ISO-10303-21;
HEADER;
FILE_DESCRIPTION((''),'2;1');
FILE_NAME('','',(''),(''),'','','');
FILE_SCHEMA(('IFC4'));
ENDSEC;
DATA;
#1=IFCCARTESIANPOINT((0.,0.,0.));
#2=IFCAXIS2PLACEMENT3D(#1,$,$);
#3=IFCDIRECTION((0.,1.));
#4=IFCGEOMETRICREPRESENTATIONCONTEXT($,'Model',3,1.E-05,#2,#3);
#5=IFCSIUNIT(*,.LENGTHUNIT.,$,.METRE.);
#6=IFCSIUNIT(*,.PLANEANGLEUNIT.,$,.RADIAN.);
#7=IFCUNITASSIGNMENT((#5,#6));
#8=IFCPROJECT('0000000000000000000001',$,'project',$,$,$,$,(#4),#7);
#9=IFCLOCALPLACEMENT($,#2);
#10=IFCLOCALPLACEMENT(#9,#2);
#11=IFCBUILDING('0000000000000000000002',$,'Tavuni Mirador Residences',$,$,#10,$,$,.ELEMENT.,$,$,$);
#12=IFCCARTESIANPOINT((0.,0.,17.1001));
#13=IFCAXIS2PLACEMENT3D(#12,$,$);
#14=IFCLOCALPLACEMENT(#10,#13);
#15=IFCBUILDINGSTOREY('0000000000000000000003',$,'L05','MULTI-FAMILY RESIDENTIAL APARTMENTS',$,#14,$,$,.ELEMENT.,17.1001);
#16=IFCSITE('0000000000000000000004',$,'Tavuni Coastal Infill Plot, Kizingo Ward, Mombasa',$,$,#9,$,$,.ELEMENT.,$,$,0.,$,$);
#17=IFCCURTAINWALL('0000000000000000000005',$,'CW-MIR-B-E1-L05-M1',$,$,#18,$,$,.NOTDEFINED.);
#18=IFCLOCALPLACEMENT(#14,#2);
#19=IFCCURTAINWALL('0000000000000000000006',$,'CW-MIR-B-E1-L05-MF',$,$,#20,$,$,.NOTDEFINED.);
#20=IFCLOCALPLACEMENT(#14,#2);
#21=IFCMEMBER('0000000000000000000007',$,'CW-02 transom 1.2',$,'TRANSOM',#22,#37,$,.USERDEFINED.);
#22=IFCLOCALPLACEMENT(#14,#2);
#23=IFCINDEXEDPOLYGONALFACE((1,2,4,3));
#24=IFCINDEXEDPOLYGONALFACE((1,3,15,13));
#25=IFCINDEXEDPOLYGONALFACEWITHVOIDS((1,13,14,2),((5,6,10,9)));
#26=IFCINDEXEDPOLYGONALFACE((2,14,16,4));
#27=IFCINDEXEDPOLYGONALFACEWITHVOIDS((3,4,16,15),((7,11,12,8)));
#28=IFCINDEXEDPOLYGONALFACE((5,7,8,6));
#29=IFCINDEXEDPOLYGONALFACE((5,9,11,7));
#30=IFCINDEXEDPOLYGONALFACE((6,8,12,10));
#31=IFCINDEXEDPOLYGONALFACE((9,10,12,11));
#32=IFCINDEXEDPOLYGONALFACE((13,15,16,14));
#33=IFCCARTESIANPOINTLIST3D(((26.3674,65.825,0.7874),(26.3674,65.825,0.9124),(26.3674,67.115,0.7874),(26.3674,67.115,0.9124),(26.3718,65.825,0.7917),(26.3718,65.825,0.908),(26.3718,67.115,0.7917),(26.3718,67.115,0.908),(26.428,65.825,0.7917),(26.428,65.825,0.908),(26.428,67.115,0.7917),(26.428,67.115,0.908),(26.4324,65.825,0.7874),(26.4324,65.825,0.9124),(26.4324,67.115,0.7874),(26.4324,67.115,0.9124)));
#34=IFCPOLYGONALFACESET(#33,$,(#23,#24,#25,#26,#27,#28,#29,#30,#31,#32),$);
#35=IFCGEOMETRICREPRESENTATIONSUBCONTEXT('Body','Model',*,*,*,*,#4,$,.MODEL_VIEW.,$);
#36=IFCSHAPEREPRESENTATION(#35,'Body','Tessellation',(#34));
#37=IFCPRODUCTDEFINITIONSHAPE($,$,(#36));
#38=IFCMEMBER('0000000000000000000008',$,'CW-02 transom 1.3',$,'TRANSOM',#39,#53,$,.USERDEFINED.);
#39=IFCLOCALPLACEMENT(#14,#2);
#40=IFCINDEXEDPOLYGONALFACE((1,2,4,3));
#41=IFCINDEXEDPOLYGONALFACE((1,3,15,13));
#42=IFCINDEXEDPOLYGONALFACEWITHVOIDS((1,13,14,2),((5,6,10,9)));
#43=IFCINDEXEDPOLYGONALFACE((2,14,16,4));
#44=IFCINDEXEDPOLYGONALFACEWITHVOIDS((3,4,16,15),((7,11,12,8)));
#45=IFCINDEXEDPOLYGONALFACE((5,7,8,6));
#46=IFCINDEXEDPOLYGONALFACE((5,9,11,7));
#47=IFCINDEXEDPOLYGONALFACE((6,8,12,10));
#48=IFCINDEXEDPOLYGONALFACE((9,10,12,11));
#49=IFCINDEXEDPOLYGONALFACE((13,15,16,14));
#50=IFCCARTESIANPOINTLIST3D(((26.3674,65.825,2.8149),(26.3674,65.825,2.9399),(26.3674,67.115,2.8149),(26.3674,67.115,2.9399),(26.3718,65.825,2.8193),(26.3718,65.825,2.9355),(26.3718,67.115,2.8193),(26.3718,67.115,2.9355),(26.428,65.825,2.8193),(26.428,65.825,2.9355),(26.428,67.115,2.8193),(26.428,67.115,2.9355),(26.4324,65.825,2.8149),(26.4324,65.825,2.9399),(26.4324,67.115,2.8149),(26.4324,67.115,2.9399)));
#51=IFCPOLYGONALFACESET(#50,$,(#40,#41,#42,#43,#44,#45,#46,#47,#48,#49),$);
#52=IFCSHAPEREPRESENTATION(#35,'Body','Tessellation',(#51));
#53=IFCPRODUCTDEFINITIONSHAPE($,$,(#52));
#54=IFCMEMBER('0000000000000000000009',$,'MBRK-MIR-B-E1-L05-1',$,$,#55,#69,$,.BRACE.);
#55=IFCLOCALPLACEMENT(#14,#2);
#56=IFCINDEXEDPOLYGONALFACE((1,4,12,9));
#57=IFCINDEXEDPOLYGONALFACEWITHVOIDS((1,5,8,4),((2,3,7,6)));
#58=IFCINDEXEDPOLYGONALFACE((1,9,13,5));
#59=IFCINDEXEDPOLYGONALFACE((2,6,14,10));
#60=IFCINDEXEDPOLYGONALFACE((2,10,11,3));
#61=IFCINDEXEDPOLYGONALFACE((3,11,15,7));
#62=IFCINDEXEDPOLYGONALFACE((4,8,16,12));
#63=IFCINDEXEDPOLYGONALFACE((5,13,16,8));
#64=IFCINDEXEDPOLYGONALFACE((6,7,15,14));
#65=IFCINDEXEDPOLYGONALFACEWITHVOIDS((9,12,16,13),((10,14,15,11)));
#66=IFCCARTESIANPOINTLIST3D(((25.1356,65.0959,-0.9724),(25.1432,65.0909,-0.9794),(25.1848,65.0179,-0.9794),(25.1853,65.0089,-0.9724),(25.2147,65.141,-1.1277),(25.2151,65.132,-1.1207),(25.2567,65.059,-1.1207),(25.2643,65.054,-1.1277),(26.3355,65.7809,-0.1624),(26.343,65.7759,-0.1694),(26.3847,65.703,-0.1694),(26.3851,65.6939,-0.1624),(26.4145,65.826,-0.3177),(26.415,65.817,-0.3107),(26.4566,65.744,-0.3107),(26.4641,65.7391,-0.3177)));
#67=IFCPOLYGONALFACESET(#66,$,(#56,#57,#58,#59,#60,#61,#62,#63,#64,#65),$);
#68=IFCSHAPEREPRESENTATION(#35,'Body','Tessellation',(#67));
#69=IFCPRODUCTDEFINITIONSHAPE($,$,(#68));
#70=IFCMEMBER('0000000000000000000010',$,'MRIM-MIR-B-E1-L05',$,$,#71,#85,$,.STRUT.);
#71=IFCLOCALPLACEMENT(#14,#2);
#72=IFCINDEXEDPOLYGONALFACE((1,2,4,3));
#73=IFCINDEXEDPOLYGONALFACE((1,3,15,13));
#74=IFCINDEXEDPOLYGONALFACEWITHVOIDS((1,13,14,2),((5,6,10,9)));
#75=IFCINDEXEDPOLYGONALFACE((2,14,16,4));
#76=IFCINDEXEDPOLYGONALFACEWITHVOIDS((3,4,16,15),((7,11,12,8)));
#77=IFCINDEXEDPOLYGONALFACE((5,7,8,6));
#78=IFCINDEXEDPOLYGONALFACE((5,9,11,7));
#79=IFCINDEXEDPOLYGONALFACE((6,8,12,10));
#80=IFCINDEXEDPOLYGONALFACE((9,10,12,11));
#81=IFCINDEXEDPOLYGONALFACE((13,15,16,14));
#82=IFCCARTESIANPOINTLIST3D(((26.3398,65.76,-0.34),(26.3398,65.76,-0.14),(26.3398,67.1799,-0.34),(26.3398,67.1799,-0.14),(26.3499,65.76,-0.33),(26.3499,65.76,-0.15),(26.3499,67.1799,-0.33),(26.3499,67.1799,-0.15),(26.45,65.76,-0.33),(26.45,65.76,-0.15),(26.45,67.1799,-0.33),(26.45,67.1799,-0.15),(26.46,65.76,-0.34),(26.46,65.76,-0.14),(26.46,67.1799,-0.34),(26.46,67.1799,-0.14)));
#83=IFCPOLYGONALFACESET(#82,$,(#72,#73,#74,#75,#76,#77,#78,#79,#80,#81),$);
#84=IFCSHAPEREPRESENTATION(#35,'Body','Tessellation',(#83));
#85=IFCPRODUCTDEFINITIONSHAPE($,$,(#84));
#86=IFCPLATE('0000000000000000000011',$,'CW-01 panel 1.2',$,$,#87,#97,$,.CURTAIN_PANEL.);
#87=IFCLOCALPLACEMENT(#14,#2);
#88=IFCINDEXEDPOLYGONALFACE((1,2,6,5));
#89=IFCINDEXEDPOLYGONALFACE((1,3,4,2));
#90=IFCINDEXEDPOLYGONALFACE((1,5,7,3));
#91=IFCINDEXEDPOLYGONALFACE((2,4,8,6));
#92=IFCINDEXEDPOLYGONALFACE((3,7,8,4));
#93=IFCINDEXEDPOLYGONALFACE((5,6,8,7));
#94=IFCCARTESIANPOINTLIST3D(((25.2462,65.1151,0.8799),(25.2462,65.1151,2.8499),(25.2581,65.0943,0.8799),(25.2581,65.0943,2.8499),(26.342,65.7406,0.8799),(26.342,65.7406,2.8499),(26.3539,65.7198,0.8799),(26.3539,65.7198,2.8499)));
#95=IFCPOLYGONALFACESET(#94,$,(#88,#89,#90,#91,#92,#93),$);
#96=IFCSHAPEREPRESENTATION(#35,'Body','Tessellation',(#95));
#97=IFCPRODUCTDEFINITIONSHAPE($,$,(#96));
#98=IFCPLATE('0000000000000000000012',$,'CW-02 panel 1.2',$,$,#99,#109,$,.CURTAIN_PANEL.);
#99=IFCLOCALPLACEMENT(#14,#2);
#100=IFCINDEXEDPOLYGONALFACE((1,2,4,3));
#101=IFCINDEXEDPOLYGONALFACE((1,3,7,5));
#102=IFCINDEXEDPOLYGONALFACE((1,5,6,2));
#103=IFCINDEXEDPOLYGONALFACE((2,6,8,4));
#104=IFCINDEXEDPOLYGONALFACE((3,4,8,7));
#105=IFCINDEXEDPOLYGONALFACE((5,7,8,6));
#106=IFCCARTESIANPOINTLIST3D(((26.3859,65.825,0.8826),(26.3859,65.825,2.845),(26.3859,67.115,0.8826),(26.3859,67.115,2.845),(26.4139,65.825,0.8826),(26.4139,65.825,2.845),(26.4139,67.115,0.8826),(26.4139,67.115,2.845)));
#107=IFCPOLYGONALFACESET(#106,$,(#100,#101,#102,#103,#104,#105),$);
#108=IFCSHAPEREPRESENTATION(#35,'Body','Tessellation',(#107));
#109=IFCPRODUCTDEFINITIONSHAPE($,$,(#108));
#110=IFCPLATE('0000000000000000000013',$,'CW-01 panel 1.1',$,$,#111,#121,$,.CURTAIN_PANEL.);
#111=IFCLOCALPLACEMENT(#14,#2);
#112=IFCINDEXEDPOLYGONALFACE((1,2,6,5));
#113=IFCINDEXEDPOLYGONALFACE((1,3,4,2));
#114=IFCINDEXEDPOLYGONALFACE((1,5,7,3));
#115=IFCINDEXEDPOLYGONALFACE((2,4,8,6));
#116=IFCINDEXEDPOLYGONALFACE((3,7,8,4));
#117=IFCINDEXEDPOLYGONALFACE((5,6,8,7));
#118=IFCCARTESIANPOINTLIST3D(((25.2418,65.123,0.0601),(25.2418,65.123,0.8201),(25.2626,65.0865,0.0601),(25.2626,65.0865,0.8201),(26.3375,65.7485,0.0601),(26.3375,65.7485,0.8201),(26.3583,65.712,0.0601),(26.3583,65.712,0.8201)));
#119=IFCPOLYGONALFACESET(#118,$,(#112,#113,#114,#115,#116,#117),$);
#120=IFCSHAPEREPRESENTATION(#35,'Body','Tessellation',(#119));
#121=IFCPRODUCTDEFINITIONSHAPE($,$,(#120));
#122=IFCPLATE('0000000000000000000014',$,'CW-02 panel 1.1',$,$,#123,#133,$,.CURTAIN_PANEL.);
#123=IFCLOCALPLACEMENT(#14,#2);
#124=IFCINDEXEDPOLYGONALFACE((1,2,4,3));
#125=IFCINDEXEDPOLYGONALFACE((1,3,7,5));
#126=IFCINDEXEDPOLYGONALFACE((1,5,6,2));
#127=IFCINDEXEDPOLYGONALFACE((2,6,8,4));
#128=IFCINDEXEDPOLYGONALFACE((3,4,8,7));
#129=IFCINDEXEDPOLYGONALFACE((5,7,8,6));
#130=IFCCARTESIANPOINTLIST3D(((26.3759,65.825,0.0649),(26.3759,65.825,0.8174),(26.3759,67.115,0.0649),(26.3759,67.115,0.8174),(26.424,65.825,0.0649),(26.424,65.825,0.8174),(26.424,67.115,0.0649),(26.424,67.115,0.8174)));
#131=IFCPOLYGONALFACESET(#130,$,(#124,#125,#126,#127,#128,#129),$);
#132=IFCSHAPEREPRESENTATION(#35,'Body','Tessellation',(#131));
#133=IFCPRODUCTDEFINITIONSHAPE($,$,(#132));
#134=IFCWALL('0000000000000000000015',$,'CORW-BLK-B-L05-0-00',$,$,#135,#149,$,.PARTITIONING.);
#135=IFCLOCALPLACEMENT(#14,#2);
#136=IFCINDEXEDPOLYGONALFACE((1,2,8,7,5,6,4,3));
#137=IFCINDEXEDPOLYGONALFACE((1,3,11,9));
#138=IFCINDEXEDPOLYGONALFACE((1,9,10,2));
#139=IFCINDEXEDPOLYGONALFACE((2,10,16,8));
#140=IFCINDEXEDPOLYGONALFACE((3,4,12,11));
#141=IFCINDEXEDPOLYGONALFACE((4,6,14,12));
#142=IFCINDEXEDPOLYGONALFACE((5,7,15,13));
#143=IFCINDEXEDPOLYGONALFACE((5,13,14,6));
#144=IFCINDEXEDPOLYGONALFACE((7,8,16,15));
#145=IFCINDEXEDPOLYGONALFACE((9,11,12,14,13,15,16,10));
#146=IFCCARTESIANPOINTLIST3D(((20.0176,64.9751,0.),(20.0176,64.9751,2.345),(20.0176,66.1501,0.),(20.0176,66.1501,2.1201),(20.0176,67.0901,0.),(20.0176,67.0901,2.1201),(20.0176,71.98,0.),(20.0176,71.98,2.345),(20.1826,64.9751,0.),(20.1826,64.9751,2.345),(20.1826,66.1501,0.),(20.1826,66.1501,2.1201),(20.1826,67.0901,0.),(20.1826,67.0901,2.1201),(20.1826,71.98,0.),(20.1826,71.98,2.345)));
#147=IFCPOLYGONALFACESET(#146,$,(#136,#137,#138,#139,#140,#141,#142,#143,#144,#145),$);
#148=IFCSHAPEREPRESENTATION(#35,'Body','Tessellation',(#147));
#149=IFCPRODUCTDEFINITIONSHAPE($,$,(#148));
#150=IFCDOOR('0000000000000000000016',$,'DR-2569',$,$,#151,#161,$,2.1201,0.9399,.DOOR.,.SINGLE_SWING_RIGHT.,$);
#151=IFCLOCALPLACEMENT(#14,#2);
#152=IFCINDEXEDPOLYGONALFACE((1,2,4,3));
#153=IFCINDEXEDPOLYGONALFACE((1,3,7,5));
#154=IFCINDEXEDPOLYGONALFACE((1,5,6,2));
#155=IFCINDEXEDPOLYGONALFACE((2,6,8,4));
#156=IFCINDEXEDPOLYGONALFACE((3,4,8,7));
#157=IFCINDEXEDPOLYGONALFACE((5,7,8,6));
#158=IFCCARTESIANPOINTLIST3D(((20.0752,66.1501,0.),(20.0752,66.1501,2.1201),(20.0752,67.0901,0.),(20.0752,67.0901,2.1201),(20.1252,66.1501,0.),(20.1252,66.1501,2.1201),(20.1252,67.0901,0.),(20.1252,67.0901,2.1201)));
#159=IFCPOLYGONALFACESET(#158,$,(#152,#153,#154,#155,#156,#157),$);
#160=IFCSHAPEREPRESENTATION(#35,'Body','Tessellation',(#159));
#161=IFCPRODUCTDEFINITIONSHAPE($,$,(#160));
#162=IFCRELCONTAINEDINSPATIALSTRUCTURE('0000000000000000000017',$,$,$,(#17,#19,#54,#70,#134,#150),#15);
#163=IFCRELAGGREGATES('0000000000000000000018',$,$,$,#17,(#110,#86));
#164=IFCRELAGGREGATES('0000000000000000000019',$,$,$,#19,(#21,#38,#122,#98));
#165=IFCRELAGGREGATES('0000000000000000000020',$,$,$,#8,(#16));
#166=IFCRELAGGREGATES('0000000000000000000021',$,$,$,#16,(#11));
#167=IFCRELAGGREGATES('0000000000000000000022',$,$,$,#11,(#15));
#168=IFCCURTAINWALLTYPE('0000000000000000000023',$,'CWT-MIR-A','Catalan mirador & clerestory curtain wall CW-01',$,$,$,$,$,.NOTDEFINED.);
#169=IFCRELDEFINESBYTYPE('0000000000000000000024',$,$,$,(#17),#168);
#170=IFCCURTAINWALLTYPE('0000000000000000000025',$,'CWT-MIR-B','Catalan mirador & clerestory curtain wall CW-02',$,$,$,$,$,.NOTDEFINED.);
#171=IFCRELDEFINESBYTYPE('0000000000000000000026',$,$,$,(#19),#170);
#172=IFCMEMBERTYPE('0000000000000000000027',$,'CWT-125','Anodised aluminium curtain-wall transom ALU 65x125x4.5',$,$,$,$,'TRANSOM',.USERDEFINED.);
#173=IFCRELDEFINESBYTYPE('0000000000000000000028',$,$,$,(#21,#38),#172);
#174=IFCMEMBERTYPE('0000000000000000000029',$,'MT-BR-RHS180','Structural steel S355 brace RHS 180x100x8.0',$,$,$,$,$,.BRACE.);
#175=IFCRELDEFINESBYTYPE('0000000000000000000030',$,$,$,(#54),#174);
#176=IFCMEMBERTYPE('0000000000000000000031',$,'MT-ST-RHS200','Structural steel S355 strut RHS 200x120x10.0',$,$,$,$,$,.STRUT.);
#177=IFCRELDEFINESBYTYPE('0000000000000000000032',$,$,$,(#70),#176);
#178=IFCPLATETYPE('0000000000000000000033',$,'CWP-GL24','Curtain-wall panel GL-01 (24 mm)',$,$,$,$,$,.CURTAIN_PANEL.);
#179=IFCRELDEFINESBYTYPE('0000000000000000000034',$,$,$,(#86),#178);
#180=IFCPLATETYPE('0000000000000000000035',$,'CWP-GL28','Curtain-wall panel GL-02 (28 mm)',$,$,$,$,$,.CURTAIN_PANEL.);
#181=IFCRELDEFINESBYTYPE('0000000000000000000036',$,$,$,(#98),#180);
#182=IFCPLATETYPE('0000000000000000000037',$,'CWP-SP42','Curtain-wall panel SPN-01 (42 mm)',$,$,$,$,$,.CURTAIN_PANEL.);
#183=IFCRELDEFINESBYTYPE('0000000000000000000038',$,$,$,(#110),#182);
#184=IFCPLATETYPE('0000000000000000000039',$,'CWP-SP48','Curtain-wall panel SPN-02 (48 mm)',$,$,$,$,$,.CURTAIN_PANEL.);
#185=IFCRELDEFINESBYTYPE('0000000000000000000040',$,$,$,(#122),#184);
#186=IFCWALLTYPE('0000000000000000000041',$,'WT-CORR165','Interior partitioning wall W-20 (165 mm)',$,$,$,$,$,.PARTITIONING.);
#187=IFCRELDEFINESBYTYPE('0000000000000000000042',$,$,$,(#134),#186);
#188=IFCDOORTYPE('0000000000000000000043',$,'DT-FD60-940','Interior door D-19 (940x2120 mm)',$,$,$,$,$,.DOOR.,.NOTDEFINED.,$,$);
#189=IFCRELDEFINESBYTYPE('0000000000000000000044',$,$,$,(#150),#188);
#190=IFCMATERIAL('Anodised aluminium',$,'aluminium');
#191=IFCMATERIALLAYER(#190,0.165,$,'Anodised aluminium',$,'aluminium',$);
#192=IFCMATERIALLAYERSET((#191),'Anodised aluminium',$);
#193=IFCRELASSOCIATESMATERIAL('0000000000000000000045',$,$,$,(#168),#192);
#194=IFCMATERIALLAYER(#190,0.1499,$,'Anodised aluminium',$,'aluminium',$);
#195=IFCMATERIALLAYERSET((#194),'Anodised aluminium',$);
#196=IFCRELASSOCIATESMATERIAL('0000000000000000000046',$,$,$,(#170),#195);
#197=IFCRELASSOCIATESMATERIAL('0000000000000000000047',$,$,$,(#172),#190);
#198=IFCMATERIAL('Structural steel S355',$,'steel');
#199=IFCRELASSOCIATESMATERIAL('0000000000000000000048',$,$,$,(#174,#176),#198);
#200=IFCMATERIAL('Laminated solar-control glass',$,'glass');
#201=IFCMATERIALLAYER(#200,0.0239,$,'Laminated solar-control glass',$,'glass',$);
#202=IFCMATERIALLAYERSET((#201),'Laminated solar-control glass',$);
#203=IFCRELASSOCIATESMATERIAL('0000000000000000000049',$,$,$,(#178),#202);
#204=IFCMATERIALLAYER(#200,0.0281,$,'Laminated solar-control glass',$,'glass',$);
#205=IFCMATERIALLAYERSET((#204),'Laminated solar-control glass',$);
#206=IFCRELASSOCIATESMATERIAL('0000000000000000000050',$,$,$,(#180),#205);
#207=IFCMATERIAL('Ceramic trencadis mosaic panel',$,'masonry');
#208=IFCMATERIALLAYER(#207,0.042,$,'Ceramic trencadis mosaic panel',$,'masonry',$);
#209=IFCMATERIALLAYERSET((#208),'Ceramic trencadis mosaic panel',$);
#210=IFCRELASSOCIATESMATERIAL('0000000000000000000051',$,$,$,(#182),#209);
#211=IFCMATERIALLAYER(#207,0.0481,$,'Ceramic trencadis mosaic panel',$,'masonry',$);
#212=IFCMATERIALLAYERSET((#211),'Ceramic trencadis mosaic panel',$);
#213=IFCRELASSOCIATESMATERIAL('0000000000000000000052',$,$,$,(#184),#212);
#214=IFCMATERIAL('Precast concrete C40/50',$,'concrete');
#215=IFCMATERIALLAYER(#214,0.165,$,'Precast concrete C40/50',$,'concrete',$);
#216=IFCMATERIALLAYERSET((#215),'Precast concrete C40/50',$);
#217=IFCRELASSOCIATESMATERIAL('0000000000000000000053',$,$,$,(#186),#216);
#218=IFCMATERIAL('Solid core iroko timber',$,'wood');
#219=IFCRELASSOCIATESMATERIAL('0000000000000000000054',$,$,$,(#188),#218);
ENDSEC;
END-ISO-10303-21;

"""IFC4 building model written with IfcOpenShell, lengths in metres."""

from ifc_helpers import new_model, si_unit, direction, frame, frame_2d, origin, origin_2d, place, context, subcontext, project, spatial, rectangle, hollow_rectangle, extrude, material, layer, layer_set, material_profile, profile_set, type_object, element, fill, aggregate, save


model = new_model("IFC4")

# Units and contexts
model_context = context("Model", 3, precision=1e-05, world=origin(), true_north=direction((0.0, 1.0)))
body_context = subcontext(model_context, "Body", "Model", "MODEL_VIEW")
ifc_project = project(units=[si_unit("LENGTHUNIT", "METRE"), si_unit("PLANEANGLEUNIT", "RADIAN")], contexts=[model_context])

# Site, building, storey
site_placement = place(None, origin())
site = spatial("IfcSite", under=ifc_project, at=site_placement, Name="Tavuni Coastal Infill Plot, Kizingo Ward, Mombasa", CompositionType="ELEMENT", RefElevation=0.0)
building_placement = place(site_placement, origin())
building = spatial("IfcBuilding", under=site, at=building_placement, Name="Tavuni Mirador Residences", CompositionType="ELEMENT")
storey_placement = place(building_placement, frame((0.0, 0.0, 17.1001)))
storey = spatial("IfcBuildingStorey", under=building, at=storey_placement, Name="L05", Description="MULTI-FAMILY RESIDENTIAL APARTMENTS", CompositionType="ELEMENT", Elevation=17.1001)

# Shared definitions
ifc_material_1 = material(Name="Precast concrete C40/50", Category="concrete")

# Curtain walls
ifc_material_2 = material(Name="Anodised aluminium", Category="aluminium")
ifc_layer_1 = layer(ifc_material_2, 0.165, Name="Anodised aluminium", Category="aluminium")
ifc_layer_set_1 = layer_set([ifc_layer_1], Name="Anodised aluminium")
curtain_wall_type_1 = type_object("IfcCurtainWallType", Name="CWT-MIR-A", Description="Catalan mirador & clerestory curtain wall CW-01", PredefinedType="NOTDEFINED", material=ifc_layer_set_1)
curtain_wall_1_placement = place(storey_placement, origin())
curtain_wall_1 = element("IfcCurtainWall", 1, at=curtain_wall_1_placement, inside=storey, type_object=curtain_wall_type_1, Name="CW-MIR-B-E1-L05-M1", PredefinedType="NOTDEFINED")
ifc_layer_2 = layer(ifc_material_2, 0.1499, Name="Anodised aluminium", Category="aluminium")
ifc_layer_set_2 = layer_set([ifc_layer_2], Name="Anodised aluminium")
curtain_wall_type_2 = type_object("IfcCurtainWallType", Name="CWT-MIR-B", Description="Catalan mirador & clerestory curtain wall CW-02", PredefinedType="NOTDEFINED", material=ifc_layer_set_2)
curtain_wall_2_placement = place(storey_placement, origin())
curtain_wall_2 = element("IfcCurtainWall", 2, at=curtain_wall_2_placement, inside=storey, type_object=curtain_wall_type_2, Name="CW-MIR-B-E1-L05-MF", PredefinedType="NOTDEFINED")

# Members
ifc_material_profile_1 = material_profile(ifc_material_2, hollow_rectangle(XDim=0.0649, YDim=0.125, WallThickness=0.0044, at=origin_2d()), Name="ALU 65x125x4.5", Category="aluminium")
ifc_profile_set_1 = profile_set([ifc_material_profile_1], Name="Anodised aluminium")
member_type_1 = type_object("IfcMemberType", Name="CWT-125", Description="Anodised aluminium curtain-wall transom ALU 65x125x4.5", ElementType="TRANSOM", PredefinedType="USERDEFINED", material=ifc_profile_set_1)
member_1_placement = place(storey_placement, frame((26.3999, 65.825, 0.8499), z_axis=(0.0, 1.0, 0.0), x_axis=(-1.0, 0.0, 0.0)))
member_1 = element("IfcMember", 3, at=member_1_placement, type_object=member_type_1, Name="CW-02 transom 1.2", ObjectType="TRANSOM", PredefinedType="USERDEFINED", context=body_context, shape_type="SweptSolid", body=[
    extrude(hollow_rectangle(XDim=0.0649, YDim=0.125, WallThickness=0.0044, at=origin_2d()), origin(), (0.0, 0.0, 1.0), 1.29),
])
member_2_placement = place(storey_placement, frame((26.3999, 65.825, 2.8774), z_axis=(0.0, 1.0, 0.0), x_axis=(-1.0, 0.0, 0.0)))
member_2 = element("IfcMember", 4, at=member_2_placement, type_object=member_type_1, Name="CW-02 transom 1.3", ObjectType="TRANSOM", PredefinedType="USERDEFINED", context=body_context, shape_type="SweptSolid", body=[
    extrude(hollow_rectangle(XDim=0.0649, YDim=0.125, WallThickness=0.0044, at=origin_2d()), origin(), (0.0, 0.0, 1.0), 1.29),
])

# Members
ifc_material_3 = material(Name="Structural steel S355", Category="steel")
ifc_material_profile_2 = material_profile(ifc_material_3, hollow_rectangle(XDim=0.1001, YDim=0.1799, WallThickness=0.0081, at=origin_2d()), Name="RHS 180x100x8.0", Category="steel")
ifc_profile_set_2 = profile_set([ifc_material_profile_2], Name="Structural steel S355")
member_type_2 = type_object("IfcMemberType", Name="MT-BR-RHS180", Description="Structural steel S355 brace RHS 180x100x8.0", PredefinedType="BRACE", material=ifc_profile_set_2)
member_3_placement = place(storey_placement, frame((25.2, 65.075, -1.05), z_axis=(0.749182, 0.427712, 0.505755), x_axis=(-0.495796, 0.868439, 0.0)))
element("IfcMember", 5, at=member_3_placement, inside=storey, type_object=member_type_2, Name="MBRK-MIR-B-E1-L05-1", PredefinedType="BRACE", context=body_context, shape_type="SweptSolid", body=[
    extrude(hollow_rectangle(XDim=0.1001, YDim=0.1799, WallThickness=0.0081, at=origin_2d()), origin(), (0.0, 0.0, 1.0), 1.6016),
])
ifc_material_profile_3 = material_profile(ifc_material_3, hollow_rectangle(XDim=0.1201, YDim=0.2, WallThickness=0.01, at=origin_2d()), Name="RHS 200x120x10.0", Category="steel")
ifc_profile_set_3 = profile_set([ifc_material_profile_3], Name="Structural steel S355")
member_type_3 = type_object("IfcMemberType", Name="MT-ST-RHS200", Description="Structural steel S355 strut RHS 200x120x10.0", PredefinedType="STRUT", material=ifc_profile_set_3)
member_4_placement = place(storey_placement, frame((26.3999, 65.76, -0.24), z_axis=(0.0, 1.0, 0.0), x_axis=(-1.0, 0.0, 0.0)))
element("IfcMember", 6, at=member_4_placement, inside=storey, type_object=member_type_3, Name="MRIM-MIR-B-E1-L05", PredefinedType="STRUT", context=body_context, shape_type="SweptSolid", body=[
    extrude(hollow_rectangle(XDim=0.1201, YDim=0.2, WallThickness=0.01, at=origin_2d()), origin(), (0.0, 0.0, 1.0), 1.4199),
])

# Plates
ifc_material_4 = material(Name="Laminated solar-control glass", Category="glass")
ifc_layer_3 = layer(ifc_material_4, 0.0239, Name="Laminated solar-control glass", Category="glass")
ifc_layer_set_3 = layer_set([ifc_layer_3], Name="Laminated solar-control glass")
plate_type_1 = type_object("IfcPlateType", Name="CWP-GL24", Description="Curtain-wall panel GL-01 (24 mm)", PredefinedType="CURTAIN_PANEL", material=ifc_layer_set_3)
plate_1_placement = place(storey_placement, frame((25.8, 65.4175, 0.8799), z_axis=(0.0, 0.0, 1.0), x_axis=(0.868466, 0.495749, 0.0)))
plate_1 = element("IfcPlate", 7, at=plate_1_placement, type_object=plate_type_1, Name="CW-01 panel 1.2", PredefinedType="CURTAIN_PANEL", context=body_context, shape_type="SweptSolid", body=[
    extrude(rectangle(XDim=1.2617, YDim=0.0239, at=origin_2d()), origin(), (0.0, 0.0, 1.0), 1.97),
])
ifc_layer_4 = layer(ifc_material_4, 0.0281, Name="Laminated solar-control glass", Category="glass")
ifc_layer_set_4 = layer_set([ifc_layer_4], Name="Laminated solar-control glass")
plate_type_2 = type_object("IfcPlateType", Name="CWP-GL28", Description="Curtain-wall panel GL-02 (28 mm)", PredefinedType="CURTAIN_PANEL", material=ifc_layer_set_4)
plate_2_placement = place(storey_placement, frame((26.3999, 66.47, 0.8826), z_axis=(0.0, 0.0, 1.0), x_axis=(0.0, 1.0, 0.0)))
plate_2 = element("IfcPlate", 8, at=plate_2_placement, type_object=plate_type_2, Name="CW-02 panel 1.2", PredefinedType="CURTAIN_PANEL", context=body_context, shape_type="SweptSolid", body=[
    extrude(rectangle(XDim=1.29, YDim=0.0281, at=origin_2d()), origin(), (0.0, 0.0, 1.0), 1.9624),
])
ifc_material_5 = material(Name="Ceramic trencadis mosaic panel", Category="masonry")
ifc_layer_5 = layer(ifc_material_5, 0.042, Name="Ceramic trencadis mosaic panel", Category="masonry")
ifc_layer_set_5 = layer_set([ifc_layer_5], Name="Ceramic trencadis mosaic panel")
plate_type_3 = type_object("IfcPlateType", Name="CWP-SP42", Description="Curtain-wall panel SPN-01 (42 mm)", PredefinedType="CURTAIN_PANEL", material=ifc_layer_set_5)
plate_3_placement = place(storey_placement, frame((25.8, 65.4175, 0.0601), z_axis=(0.0, 0.0, 1.0), x_axis=(0.868466, 0.495749, 0.0)))
plate_3 = element("IfcPlate", 9, at=plate_3_placement, type_object=plate_type_3, Name="CW-01 panel 1.1", PredefinedType="CURTAIN_PANEL", context=body_context, shape_type="SweptSolid", body=[
    extrude(rectangle(XDim=1.2617, YDim=0.042, at=origin_2d()), origin(), (0.0, 0.0, 1.0), 0.76),
])
aggregate(curtain_wall_1, [plate_3, plate_1])
ifc_layer_6 = layer(ifc_material_5, 0.0481, Name="Ceramic trencadis mosaic panel", Category="masonry")
ifc_layer_set_6 = layer_set([ifc_layer_6], Name="Ceramic trencadis mosaic panel")
plate_type_4 = type_object("IfcPlateType", Name="CWP-SP48", Description="Curtain-wall panel SPN-02 (48 mm)", PredefinedType="CURTAIN_PANEL", material=ifc_layer_set_6)
plate_4_placement = place(storey_placement, frame((26.3999, 66.47, 0.0649), z_axis=(0.0, 0.0, 1.0), x_axis=(0.0, 1.0, 0.0)))
plate_4 = element("IfcPlate", 10, at=plate_4_placement, type_object=plate_type_4, Name="CW-02 panel 1.1", PredefinedType="CURTAIN_PANEL", context=body_context, shape_type="SweptSolid", body=[
    extrude(rectangle(XDim=1.29, YDim=0.0481, at=origin_2d()), origin(), (0.0, 0.0, 1.0), 0.7524),
])
aggregate(curtain_wall_2, [member_1, member_2, plate_4, plate_2])

# Wall, opening, door
ifc_layer_7 = layer(ifc_material_1, 0.165, Name="Precast concrete C40/50", Category="concrete")
ifc_layer_set_7 = layer_set([ifc_layer_7], Name="Precast concrete C40/50")
wall_type_1 = type_object("IfcWallType", Name="WT-CORR165", Description="Interior partitioning wall W-20 (165 mm)", PredefinedType="PARTITIONING", material=ifc_layer_set_7)
wall_1_placement = place(storey_placement, frame((20.1001, 64.9751, 0.0), z_axis=(0.0, 0.0, 1.0), x_axis=(0.0, 1.0, 0.0)))
wall_1 = element("IfcWall", 11, at=wall_1_placement, inside=storey, type_object=wall_type_1, Name="CORW-BLK-B-L05-0-00", PredefinedType="PARTITIONING", context=body_context, shape_type="SweptSolid", body=[
    extrude(rectangle(XDim=7.0049, YDim=0.165, at=frame_2d((3.5024, 0.0))), origin(), (0.0, 0.0, 1.0), 2.345),
])
opening_1_placement = place(wall_1_placement, frame((1.175, 0.0, 0.0)))
opening_1 = element("IfcOpeningElement", 12, at=opening_1_placement, cuts=wall_1, PredefinedType="OPENING", context=body_context, shape_type="SweptSolid", body=[
    extrude(rectangle(XDim=0.9399, YDim=2.1201, at=frame_2d((0.47, 1.0601))), frame((0.0, 0.0925, 0.0), z_axis=(0.0, -1.0, 0.0), x_axis=(1.0, 0.0, 0.0)), (0.0, 0.0, 1.0), 0.1851),
])
ifc_material_6 = material(Name="Solid core iroko timber", Category="wood")
door_type_1 = type_object("IfcDoorType", Name="DT-FD60-940", Description="Interior door D-19 (940x2120 mm)", OperationType="NOTDEFINED", PredefinedType="DOOR", material=ifc_material_6)
door_1_placement = place(opening_1_placement, origin())
door_1 = element("IfcDoor", 13, at=door_1_placement, inside=storey, type_object=door_type_1, Name="DR-2569", OperationType="SINGLE_SWING_RIGHT", OverallHeight=2.1201, OverallWidth=0.9399, PredefinedType="DOOR", context=body_context, shape_type="SweptSolid", body=[
    extrude(rectangle(XDim=0.9399, YDim=2.1201, at=frame_2d((0.47, 1.0601))), frame((0.0, 0.0249, 0.0), z_axis=(0.0, -1.0, 0.0), x_axis=(1.0, 0.0, 0.0)), (0.0, 0.0, 1.0), 0.05),
])
fill(opening_1, door_1)

save(model, "model.ifc")
